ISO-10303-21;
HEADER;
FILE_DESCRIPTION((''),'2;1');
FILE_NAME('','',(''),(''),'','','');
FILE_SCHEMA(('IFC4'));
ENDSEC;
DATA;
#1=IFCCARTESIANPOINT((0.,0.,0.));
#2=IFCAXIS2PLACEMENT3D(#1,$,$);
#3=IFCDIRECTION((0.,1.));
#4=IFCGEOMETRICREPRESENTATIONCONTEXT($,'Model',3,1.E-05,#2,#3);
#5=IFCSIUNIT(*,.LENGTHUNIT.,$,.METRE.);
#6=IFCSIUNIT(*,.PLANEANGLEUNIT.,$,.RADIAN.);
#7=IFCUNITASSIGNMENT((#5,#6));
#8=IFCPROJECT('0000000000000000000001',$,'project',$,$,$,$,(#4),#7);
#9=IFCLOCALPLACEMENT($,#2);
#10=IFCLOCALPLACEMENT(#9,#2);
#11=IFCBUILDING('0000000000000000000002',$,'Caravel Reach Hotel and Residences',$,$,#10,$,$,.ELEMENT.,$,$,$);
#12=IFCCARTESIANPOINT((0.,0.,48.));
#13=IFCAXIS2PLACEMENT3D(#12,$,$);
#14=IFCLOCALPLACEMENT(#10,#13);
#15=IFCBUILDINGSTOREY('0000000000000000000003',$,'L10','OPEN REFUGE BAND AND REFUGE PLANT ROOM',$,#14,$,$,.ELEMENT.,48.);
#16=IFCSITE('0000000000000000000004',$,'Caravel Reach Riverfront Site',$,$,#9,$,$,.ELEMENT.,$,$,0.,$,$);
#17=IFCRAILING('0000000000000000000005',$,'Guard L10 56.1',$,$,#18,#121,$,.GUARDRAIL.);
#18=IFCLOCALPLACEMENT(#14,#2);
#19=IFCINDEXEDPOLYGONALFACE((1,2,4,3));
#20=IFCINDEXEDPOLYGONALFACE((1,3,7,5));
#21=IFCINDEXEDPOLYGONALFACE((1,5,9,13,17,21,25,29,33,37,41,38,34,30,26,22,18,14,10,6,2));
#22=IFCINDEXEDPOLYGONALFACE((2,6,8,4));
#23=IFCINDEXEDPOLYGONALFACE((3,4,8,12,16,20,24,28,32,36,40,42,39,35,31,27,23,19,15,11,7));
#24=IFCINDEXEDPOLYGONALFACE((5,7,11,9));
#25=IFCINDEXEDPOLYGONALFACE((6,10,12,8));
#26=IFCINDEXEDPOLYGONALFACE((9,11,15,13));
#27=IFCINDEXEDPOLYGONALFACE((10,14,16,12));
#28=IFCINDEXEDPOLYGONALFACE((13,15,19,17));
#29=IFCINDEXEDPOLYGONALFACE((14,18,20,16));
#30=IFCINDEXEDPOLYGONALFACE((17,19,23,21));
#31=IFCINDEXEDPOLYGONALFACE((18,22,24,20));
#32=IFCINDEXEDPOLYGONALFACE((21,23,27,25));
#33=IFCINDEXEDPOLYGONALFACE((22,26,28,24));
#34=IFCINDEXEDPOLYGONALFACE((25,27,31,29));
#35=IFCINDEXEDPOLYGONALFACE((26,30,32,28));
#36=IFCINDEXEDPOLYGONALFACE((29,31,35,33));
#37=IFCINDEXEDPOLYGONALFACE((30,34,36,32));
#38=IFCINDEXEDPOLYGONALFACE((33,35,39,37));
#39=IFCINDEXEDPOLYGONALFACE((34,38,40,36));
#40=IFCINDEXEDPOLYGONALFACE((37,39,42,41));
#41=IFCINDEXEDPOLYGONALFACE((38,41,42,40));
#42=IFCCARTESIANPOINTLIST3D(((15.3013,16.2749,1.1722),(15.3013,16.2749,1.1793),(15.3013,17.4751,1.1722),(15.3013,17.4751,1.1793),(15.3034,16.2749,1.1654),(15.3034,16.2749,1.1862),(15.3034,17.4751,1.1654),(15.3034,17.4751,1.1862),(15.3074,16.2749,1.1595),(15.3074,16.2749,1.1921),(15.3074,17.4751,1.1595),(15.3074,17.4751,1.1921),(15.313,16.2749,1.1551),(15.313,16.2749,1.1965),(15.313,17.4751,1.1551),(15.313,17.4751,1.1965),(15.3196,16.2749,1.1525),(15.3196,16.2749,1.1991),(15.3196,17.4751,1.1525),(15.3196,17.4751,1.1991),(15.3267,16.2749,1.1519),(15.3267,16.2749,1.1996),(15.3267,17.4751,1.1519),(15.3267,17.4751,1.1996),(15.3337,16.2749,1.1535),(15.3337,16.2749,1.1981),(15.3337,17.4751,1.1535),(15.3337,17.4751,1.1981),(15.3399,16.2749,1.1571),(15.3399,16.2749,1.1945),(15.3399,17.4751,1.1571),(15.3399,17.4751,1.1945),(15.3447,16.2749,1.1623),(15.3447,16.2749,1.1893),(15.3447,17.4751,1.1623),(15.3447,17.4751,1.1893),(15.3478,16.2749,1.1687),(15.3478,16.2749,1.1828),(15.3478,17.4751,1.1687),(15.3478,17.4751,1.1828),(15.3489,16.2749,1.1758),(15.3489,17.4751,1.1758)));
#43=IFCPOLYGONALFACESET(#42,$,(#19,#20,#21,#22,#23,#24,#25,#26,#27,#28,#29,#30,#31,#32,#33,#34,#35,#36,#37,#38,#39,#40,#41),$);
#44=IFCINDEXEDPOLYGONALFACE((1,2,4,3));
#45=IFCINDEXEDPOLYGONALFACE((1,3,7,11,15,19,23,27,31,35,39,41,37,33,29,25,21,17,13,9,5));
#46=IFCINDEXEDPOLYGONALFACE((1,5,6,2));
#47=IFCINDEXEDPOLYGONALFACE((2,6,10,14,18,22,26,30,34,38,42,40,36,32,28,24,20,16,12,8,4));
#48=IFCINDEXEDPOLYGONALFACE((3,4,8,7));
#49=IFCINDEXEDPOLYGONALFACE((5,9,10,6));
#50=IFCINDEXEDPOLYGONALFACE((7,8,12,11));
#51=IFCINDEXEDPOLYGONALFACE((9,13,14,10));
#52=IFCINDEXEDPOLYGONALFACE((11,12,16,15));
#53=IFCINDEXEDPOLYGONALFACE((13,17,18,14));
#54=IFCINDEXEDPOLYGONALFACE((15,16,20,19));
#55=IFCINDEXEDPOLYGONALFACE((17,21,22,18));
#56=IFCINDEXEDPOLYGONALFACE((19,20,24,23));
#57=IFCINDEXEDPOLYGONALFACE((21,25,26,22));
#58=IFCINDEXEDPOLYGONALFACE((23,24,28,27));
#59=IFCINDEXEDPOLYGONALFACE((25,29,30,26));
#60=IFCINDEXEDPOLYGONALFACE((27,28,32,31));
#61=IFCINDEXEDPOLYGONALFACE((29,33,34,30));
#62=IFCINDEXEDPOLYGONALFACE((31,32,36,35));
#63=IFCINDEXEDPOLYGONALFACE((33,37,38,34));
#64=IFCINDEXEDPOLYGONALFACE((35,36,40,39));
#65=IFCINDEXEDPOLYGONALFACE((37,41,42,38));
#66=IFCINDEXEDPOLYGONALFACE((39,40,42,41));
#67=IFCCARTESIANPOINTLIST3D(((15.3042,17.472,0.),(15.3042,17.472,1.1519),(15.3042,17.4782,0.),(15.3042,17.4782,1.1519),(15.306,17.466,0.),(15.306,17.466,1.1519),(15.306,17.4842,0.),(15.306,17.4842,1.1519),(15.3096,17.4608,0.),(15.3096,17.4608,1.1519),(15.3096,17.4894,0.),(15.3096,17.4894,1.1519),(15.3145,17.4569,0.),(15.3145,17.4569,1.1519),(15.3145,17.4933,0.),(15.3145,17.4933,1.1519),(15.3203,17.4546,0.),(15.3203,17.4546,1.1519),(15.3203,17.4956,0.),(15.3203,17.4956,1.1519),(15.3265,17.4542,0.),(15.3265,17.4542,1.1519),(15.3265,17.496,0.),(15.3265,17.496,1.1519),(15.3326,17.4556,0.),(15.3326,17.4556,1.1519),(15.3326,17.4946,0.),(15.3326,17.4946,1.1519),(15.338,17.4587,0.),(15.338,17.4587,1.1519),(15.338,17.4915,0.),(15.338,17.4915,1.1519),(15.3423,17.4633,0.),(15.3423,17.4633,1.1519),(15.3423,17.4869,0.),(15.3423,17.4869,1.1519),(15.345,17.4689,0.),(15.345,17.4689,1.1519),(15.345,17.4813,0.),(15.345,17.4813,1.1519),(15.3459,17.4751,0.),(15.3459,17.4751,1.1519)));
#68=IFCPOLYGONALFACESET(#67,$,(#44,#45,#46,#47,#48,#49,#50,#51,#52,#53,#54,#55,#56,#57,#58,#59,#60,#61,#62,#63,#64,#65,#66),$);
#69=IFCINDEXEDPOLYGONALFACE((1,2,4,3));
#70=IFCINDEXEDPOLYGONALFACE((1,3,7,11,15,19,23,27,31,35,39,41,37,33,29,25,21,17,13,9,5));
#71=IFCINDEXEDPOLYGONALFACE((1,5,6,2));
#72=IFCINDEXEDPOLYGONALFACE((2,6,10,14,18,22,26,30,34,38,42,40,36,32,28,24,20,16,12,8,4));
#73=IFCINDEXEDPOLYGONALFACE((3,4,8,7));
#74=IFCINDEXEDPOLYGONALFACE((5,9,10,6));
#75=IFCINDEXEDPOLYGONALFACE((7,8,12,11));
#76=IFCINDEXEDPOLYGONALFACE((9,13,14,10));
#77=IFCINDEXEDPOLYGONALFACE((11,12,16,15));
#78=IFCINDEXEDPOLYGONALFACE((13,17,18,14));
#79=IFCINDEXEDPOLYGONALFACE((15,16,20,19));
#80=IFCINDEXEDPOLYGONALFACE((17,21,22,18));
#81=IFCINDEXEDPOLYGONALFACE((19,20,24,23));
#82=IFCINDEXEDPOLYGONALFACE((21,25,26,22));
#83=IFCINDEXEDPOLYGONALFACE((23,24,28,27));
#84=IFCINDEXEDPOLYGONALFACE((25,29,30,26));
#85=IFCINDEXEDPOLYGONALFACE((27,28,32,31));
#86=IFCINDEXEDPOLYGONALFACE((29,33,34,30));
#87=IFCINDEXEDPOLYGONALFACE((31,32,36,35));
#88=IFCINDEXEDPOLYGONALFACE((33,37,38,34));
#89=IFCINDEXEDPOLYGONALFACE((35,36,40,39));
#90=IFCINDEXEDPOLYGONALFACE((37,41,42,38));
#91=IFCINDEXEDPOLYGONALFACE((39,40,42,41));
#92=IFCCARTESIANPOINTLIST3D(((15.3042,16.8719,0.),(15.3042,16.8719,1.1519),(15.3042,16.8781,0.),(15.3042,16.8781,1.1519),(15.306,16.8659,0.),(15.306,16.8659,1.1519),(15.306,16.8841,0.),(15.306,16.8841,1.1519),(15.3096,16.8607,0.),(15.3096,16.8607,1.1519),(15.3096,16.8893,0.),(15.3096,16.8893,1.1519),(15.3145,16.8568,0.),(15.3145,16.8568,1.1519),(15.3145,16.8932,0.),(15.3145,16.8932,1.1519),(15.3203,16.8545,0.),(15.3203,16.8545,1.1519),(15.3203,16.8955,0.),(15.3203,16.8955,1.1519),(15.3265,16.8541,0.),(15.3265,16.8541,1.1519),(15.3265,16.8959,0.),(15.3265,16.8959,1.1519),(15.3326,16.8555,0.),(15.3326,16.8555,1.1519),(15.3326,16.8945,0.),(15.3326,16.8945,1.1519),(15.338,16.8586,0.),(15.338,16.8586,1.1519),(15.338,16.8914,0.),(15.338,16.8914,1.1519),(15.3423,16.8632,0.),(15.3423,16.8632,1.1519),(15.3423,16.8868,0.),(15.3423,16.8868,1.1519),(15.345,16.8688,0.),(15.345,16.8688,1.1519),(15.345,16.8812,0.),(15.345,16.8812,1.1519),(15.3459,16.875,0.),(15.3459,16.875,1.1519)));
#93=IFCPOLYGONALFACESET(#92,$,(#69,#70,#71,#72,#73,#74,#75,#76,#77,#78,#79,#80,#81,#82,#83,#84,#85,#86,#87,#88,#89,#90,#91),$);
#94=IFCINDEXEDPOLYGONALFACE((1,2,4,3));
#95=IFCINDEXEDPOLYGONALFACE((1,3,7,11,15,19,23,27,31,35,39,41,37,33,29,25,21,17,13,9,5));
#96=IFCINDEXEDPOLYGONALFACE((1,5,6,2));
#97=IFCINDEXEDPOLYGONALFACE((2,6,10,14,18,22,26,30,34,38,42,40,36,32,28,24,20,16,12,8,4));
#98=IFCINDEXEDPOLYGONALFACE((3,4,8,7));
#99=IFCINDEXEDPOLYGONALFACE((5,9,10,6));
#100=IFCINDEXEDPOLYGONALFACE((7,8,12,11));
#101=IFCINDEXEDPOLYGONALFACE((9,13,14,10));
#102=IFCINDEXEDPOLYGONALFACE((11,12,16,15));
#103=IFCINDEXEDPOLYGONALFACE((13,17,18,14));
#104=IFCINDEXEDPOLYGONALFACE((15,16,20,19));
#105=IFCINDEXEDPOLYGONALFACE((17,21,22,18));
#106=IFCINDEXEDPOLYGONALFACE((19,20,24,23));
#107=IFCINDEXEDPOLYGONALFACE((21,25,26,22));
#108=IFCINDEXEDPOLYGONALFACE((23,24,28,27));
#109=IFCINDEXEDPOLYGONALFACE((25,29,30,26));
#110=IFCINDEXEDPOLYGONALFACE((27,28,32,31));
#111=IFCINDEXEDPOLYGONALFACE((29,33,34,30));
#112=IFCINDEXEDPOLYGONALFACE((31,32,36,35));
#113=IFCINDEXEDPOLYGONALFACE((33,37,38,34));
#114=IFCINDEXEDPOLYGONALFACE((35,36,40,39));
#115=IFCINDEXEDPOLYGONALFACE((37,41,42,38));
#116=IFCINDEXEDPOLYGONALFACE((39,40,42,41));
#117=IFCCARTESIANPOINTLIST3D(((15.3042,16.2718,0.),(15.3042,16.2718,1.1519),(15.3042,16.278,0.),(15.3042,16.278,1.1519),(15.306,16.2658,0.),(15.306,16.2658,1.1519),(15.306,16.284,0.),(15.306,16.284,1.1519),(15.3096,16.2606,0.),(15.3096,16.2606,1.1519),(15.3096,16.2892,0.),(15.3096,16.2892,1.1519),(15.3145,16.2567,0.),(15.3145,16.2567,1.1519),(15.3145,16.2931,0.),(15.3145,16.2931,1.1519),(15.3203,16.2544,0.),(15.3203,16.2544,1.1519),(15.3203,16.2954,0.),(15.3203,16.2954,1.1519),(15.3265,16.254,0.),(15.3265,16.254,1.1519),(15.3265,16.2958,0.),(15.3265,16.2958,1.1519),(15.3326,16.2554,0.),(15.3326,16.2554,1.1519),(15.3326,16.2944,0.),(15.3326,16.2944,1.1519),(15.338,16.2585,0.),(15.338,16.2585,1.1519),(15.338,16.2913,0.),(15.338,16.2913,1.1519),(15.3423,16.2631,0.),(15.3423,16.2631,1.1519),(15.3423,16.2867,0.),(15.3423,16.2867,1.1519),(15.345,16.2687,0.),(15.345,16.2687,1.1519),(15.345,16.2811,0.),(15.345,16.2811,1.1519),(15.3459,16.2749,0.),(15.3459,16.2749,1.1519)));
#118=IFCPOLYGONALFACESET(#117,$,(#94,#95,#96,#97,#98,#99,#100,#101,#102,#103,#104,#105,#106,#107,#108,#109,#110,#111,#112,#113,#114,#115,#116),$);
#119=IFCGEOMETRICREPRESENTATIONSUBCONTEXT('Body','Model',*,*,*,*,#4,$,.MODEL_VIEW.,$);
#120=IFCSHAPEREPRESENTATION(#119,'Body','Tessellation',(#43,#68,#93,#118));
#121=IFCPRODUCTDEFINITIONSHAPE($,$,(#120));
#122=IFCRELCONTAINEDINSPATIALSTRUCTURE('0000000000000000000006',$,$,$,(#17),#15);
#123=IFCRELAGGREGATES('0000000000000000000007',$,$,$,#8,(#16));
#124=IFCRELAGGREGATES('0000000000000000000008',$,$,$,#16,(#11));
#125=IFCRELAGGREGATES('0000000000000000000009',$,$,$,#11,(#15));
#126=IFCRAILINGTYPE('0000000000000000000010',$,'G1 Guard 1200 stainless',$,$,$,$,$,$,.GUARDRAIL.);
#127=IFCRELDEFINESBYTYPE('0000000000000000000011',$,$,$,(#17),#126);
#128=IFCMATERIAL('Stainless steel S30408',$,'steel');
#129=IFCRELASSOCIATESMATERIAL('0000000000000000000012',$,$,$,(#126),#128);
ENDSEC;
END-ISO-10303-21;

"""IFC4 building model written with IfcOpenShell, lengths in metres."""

from ifc_helpers import new_model, si_unit, direction, frame, origin, origin_2d, place, context, subcontext, project, spatial, circle, extrude, material, type_object, element, save


model = new_model("IFC4")

# Units and contexts
model_context = context("Model", 3, precision=1e-05, world=origin(), true_north=direction((0.0, 1.0)))
body_context = subcontext(model_context, "Body", "Model", "MODEL_VIEW")
ifc_project = project(units=[si_unit("LENGTHUNIT", "METRE"), si_unit("PLANEANGLEUNIT", "RADIAN")], contexts=[model_context])

# Site, building, storey
site_placement = place(None, origin())
site = spatial("IfcSite", under=ifc_project, at=site_placement, Name="Caravel Reach Riverfront Site", CompositionType="ELEMENT", RefElevation=0.0)
building_placement = place(site_placement, origin())
building = spatial("IfcBuilding", under=site, at=building_placement, Name="Caravel Reach Hotel and Residences", CompositionType="ELEMENT")
storey_placement = place(building_placement, frame((0.0, 0.0, 48.0)))
storey = spatial("IfcBuildingStorey", under=building, at=storey_placement, Name="L10", Description="OPEN REFUGE BAND AND REFUGE PLANT ROOM", CompositionType="ELEMENT", Elevation=48.0)

# Railing
ifc_material_1 = material(Name="Stainless steel S30408", Category="steel")
railing_type = type_object("IfcRailingType", Name="G1 Guard 1200 stainless", PredefinedType="GUARDRAIL", material=ifc_material_1)
railing_1_placement = place(storey_placement, frame((15.325, 17.4751, 0.0)))
element("IfcRailing", 1, at=railing_1_placement, inside=storey, type_object=railing_type, Name="Guard L10 56.1", PredefinedType="GUARDRAIL", context=body_context, shape_type="SweptSolid", body=[
    extrude(circle(Radius=0.0239, at=origin_2d()), frame((0.0, 0.0, 1.1758), z_axis=(0.0, -1.0, 0.0), x_axis=(1.0, 0.0, 0.0)), (0.0, 0.0, 1.0), 1.2002),
    extrude(circle(Radius=0.021, at=origin_2d()), origin(), (0.0, 0.0, 1.0), 1.1519),
    extrude(circle(Radius=0.021, at=origin_2d()), frame((0.0, -0.6001, 0.0)), (0.0, 0.0, 1.0), 1.1519),
    extrude(circle(Radius=0.021, at=origin_2d()), frame((0.0, -1.2002, 0.0)), (0.0, 0.0, 1.0), 1.1519),
])

save(model, "model.ifc")
